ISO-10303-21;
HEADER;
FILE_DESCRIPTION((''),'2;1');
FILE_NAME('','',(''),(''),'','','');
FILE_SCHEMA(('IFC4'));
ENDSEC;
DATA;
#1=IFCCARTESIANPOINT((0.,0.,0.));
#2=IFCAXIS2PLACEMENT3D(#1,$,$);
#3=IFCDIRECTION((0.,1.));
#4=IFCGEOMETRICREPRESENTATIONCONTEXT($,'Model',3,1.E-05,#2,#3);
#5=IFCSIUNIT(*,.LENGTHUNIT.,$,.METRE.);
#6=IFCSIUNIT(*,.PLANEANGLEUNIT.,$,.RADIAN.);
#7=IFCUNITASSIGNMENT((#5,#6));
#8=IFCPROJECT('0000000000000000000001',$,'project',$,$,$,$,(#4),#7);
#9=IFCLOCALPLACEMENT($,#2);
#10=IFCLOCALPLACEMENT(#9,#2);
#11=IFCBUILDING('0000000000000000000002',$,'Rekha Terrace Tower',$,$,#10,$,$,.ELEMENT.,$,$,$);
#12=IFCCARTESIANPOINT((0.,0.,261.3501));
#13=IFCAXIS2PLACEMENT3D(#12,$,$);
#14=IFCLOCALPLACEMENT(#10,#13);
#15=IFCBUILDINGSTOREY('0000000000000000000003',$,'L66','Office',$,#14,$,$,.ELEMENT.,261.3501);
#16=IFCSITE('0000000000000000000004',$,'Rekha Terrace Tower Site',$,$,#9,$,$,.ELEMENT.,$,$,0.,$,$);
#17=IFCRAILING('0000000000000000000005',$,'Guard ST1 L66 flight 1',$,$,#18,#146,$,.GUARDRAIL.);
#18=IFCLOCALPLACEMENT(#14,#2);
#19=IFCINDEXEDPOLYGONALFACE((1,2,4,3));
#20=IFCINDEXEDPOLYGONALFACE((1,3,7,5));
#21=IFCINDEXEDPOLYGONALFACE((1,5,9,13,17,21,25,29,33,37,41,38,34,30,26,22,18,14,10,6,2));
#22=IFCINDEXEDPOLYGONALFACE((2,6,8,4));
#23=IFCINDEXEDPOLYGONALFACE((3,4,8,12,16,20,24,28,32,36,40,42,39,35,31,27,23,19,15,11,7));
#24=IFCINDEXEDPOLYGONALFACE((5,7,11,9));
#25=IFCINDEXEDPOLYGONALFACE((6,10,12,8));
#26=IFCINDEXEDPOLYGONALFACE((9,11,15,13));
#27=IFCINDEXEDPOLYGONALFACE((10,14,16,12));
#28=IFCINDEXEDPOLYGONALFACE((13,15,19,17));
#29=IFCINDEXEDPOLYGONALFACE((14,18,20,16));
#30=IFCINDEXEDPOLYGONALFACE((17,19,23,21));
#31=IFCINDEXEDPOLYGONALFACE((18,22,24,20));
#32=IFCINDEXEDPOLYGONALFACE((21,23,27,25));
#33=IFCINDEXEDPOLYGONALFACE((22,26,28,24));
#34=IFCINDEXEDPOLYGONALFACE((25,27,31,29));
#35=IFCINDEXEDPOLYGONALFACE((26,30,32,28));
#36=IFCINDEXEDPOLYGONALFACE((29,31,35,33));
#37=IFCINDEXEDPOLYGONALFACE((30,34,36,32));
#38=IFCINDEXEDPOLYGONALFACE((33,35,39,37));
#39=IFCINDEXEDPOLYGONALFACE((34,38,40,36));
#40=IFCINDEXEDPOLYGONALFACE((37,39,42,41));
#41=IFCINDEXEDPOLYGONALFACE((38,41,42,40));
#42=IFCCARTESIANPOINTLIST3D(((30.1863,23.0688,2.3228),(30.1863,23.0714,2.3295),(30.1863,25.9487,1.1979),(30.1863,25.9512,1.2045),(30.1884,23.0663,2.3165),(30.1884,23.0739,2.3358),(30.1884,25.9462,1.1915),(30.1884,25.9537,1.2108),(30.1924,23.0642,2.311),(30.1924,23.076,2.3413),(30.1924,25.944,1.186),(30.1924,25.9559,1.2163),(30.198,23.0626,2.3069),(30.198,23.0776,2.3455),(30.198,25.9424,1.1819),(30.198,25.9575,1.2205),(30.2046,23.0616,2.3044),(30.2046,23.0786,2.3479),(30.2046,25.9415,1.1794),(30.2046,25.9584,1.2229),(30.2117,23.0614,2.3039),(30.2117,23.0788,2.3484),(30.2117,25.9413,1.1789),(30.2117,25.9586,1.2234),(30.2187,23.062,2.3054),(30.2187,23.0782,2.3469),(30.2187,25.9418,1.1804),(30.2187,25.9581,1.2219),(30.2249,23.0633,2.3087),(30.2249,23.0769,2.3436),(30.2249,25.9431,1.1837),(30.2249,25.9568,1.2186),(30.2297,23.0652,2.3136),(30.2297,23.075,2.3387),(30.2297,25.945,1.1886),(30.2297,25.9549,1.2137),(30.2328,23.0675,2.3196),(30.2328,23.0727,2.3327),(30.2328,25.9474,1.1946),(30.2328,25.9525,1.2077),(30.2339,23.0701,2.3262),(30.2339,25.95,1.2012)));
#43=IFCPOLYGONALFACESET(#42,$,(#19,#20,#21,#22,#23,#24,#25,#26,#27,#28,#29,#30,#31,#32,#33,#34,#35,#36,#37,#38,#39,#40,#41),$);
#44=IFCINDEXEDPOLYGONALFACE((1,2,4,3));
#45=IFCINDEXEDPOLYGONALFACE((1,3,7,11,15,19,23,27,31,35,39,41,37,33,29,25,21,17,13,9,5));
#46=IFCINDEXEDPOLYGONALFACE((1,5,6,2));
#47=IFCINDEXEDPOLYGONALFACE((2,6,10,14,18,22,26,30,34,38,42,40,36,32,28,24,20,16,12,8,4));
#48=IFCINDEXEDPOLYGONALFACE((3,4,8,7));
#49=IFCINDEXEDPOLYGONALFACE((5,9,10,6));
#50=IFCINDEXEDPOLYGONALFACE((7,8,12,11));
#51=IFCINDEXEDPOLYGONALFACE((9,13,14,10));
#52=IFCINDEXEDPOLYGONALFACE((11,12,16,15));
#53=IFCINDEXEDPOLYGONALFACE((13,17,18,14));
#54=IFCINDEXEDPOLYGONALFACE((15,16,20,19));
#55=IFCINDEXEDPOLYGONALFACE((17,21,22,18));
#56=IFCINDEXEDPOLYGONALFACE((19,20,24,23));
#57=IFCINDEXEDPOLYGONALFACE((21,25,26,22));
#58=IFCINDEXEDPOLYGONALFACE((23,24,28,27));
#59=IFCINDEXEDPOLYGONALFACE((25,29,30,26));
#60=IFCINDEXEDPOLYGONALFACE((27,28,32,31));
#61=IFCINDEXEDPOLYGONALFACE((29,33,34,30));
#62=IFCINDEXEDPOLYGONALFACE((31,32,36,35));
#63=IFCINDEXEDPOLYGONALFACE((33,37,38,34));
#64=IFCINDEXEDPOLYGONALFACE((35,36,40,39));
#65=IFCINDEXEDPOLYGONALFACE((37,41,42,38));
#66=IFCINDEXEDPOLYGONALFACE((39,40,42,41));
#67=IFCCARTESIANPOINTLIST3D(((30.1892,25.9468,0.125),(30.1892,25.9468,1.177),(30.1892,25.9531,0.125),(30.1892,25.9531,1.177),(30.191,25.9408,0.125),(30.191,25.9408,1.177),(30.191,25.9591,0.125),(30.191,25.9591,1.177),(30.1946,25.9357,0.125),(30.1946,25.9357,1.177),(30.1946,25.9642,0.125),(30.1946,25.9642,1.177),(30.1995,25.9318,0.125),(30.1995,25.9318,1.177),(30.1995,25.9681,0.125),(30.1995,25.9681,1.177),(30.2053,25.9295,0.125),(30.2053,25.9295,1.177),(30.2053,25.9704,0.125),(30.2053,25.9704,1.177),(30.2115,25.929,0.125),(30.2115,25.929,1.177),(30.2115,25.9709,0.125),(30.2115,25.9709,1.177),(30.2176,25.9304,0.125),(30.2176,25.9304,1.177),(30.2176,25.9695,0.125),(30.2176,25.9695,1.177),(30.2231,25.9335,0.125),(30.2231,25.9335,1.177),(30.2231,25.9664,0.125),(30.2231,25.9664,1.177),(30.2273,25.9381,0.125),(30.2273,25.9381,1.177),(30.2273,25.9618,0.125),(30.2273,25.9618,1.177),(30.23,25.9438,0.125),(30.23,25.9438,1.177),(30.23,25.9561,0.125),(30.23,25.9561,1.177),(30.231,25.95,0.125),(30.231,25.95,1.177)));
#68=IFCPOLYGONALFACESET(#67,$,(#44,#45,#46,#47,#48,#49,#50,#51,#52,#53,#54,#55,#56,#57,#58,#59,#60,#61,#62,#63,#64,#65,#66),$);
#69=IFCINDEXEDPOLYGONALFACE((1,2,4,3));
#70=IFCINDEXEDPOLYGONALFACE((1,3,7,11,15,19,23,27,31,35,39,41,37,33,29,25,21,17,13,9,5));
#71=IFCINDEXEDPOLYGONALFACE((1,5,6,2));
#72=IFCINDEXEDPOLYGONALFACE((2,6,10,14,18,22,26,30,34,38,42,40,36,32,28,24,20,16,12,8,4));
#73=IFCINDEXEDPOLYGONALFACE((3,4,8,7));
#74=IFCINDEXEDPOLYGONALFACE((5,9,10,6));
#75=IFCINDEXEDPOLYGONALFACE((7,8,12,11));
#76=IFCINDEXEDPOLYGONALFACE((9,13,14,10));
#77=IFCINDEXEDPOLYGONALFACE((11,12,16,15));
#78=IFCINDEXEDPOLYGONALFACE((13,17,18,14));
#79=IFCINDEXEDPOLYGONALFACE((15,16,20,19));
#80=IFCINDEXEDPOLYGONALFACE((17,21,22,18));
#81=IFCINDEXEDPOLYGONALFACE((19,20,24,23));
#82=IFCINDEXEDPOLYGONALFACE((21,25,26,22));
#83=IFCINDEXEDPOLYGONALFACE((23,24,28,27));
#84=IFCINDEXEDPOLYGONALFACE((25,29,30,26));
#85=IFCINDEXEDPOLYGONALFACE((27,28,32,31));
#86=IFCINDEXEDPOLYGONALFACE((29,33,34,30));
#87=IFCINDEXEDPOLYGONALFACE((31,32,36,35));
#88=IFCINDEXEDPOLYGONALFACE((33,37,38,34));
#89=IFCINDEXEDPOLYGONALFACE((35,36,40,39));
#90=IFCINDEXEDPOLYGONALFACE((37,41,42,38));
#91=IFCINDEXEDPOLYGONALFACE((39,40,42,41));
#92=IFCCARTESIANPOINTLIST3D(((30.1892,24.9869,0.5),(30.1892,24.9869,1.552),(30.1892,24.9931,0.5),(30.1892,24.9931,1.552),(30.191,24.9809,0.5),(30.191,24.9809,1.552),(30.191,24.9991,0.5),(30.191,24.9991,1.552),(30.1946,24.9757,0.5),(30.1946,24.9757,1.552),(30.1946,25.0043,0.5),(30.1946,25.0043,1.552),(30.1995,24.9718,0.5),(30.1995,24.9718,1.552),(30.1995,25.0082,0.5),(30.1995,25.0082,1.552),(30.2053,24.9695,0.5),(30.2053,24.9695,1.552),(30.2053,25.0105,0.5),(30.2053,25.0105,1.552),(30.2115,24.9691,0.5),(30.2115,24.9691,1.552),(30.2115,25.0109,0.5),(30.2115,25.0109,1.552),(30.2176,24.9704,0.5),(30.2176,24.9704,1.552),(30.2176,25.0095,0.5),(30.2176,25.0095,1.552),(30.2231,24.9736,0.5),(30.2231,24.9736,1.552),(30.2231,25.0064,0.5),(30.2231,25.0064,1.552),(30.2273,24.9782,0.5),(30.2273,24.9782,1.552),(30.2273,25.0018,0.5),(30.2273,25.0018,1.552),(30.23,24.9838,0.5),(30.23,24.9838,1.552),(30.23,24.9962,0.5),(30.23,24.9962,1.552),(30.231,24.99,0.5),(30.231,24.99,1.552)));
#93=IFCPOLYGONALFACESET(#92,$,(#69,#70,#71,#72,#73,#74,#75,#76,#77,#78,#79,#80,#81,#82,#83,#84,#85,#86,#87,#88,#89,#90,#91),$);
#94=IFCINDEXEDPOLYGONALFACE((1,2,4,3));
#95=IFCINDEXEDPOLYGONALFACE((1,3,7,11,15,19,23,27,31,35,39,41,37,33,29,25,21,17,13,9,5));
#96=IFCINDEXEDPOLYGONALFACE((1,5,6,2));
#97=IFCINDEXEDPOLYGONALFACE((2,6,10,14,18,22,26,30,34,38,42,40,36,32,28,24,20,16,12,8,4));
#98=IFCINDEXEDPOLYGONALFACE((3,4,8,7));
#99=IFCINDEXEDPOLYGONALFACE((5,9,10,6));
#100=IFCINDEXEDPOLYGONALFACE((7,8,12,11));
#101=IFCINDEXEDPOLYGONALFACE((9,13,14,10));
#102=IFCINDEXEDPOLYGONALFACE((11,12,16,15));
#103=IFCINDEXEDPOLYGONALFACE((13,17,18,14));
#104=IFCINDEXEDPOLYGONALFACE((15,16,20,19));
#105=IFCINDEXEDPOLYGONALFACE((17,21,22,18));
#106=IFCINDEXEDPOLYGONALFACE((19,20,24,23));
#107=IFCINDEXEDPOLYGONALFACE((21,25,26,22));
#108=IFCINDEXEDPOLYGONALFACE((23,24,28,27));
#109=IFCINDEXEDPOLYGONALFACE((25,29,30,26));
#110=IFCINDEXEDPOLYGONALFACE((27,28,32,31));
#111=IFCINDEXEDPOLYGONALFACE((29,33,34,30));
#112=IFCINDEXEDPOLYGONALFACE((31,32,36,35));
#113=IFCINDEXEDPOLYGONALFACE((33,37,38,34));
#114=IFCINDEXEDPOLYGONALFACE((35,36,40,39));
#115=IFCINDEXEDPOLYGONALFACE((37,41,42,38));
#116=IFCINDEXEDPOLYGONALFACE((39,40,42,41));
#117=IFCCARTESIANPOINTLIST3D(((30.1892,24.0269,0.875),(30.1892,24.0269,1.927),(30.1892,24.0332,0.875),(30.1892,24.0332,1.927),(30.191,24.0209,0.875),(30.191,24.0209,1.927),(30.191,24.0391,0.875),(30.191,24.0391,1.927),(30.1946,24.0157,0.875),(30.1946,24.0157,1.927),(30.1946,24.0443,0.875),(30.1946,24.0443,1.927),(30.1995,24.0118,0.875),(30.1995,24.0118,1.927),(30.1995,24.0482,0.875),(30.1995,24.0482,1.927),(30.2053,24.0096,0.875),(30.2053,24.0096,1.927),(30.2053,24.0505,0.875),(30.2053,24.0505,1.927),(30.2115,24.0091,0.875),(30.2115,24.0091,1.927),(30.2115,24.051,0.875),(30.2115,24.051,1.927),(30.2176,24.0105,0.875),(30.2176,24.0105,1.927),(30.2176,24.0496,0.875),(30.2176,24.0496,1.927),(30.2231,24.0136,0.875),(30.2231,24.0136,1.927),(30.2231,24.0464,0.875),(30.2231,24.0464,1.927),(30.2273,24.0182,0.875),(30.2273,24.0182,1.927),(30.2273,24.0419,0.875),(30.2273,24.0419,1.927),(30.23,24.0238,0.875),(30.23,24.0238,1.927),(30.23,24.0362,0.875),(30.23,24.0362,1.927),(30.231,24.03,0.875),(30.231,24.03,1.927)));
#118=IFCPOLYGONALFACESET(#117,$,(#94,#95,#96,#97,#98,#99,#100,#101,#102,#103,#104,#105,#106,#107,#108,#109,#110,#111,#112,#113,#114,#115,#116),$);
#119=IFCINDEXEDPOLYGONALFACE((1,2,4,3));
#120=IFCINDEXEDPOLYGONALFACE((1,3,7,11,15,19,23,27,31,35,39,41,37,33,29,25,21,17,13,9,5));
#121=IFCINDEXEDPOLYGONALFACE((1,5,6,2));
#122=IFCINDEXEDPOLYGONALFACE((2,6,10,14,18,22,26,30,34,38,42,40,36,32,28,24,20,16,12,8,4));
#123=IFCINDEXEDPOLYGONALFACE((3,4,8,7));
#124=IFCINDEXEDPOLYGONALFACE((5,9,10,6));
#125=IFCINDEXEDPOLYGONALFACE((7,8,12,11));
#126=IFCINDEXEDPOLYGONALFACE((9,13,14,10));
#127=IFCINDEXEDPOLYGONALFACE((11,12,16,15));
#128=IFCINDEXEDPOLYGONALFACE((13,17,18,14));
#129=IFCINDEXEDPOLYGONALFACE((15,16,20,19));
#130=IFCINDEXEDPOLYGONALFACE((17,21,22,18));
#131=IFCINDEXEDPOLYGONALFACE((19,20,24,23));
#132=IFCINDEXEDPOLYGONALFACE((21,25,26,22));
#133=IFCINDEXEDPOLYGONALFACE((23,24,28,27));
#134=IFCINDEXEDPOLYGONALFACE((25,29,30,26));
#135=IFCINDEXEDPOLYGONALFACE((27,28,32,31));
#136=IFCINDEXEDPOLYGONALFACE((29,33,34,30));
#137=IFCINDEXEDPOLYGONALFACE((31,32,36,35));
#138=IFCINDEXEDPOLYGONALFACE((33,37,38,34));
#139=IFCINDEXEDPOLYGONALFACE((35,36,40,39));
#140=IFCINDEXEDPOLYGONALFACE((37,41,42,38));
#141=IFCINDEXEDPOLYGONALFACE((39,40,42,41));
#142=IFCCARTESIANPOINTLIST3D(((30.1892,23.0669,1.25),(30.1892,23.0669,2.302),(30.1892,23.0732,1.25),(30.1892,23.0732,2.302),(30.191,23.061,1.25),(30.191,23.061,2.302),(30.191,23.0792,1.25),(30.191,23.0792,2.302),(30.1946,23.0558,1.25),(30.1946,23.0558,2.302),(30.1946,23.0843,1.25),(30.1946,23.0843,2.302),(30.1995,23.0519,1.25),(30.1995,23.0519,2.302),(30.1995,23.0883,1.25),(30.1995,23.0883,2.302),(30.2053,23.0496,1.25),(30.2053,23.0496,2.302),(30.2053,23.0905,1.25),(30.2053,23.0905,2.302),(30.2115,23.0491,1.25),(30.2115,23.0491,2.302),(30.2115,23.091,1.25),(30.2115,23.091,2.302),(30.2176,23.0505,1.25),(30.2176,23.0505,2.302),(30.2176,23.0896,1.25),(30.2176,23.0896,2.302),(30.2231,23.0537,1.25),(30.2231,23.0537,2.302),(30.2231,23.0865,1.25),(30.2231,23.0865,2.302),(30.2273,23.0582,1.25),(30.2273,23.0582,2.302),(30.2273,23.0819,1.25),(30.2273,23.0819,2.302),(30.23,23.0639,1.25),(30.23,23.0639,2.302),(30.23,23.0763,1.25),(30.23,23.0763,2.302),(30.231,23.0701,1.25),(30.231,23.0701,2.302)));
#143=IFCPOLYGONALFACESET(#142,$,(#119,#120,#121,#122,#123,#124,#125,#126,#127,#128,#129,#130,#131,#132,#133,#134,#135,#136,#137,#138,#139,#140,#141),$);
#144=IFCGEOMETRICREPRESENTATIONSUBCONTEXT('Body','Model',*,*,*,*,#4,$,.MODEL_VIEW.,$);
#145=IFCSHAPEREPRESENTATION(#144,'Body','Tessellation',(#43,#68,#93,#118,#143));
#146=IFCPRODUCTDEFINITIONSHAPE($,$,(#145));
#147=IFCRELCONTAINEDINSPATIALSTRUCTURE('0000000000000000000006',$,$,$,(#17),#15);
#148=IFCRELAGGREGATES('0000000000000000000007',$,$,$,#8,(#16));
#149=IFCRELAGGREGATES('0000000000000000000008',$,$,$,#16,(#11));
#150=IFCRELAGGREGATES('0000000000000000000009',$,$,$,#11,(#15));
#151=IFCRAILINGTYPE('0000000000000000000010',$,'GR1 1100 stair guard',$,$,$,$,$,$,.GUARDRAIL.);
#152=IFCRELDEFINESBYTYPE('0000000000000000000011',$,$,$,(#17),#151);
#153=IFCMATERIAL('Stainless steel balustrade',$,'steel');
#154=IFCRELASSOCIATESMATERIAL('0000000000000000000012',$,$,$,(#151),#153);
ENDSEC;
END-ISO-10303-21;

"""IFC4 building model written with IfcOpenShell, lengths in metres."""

from ifc_helpers import new_model, si_unit, direction, frame, origin, origin_2d, place, context, subcontext, project, spatial, circle, extrude, material, type_object, element, save


model = new_model("IFC4")

# Units and contexts
model_context = context("Model", 3, precision=1e-05, world=origin(), true_north=direction((0.0, 1.0)))
body_context = subcontext(model_context, "Body", "Model", "MODEL_VIEW")
ifc_project = project(units=[si_unit("LENGTHUNIT", "METRE"), si_unit("PLANEANGLEUNIT", "RADIAN")], contexts=[model_context])

# Site, building, storey
site_placement = place(None, origin())
site = spatial("IfcSite", under=ifc_project, at=site_placement, Name="Rekha Terrace Tower Site", CompositionType="ELEMENT", RefElevation=0.0)
building_placement = place(site_placement, origin())
building = spatial("IfcBuilding", under=site, at=building_placement, Name="Rekha Terrace Tower", CompositionType="ELEMENT")
storey_placement = place(building_placement, frame((0.0, 0.0, 261.3501)))
storey = spatial("IfcBuildingStorey", under=building, at=storey_placement, Name="L66", Description="Office", CompositionType="ELEMENT", Elevation=261.3501)

# Railing
ifc_material_1 = material(Name="Stainless steel balustrade", Category="steel")
railing_type_1 = type_object("IfcRailingType", Name="GR1 1100 stair guard", PredefinedType="GUARDRAIL", material=ifc_material_1)
railing_1_placement = place(storey_placement, frame((30.21, 25.95, 0.125)))
element("IfcRailing", 1, at=railing_1_placement, inside=storey, type_object=railing_type_1, Name="Guard ST1 L66 flight 1", PredefinedType="GUARDRAIL", context=body_context, shape_type="SweptSolid", body=[
    extrude(circle(Radius=0.0239, at=origin_2d()), frame((0.0, 0.0, 1.0762), z_axis=(0.0, -0.931452, 0.363863), x_axis=(1.0, 0.0, 0.0)), (0.0, 0.0, 1.0), 3.0918),
    extrude(circle(Radius=0.021, at=origin_2d()), origin(), (0.0, 0.0, 1.0), 1.052),
    extrude(circle(Radius=0.021, at=origin_2d()), frame((0.0, -0.96, 0.375)), (0.0, 0.0, 1.0), 1.052),
    extrude(circle(Radius=0.021, at=origin_2d()), frame((0.0, -1.9199, 0.75)), (0.0, 0.0, 1.0), 1.052),
    extrude(circle(Radius=0.021, at=origin_2d()), frame((0.0, -2.8799, 1.125)), (0.0, 0.0, 1.0), 1.052),
])

save(model, "model.ifc")
